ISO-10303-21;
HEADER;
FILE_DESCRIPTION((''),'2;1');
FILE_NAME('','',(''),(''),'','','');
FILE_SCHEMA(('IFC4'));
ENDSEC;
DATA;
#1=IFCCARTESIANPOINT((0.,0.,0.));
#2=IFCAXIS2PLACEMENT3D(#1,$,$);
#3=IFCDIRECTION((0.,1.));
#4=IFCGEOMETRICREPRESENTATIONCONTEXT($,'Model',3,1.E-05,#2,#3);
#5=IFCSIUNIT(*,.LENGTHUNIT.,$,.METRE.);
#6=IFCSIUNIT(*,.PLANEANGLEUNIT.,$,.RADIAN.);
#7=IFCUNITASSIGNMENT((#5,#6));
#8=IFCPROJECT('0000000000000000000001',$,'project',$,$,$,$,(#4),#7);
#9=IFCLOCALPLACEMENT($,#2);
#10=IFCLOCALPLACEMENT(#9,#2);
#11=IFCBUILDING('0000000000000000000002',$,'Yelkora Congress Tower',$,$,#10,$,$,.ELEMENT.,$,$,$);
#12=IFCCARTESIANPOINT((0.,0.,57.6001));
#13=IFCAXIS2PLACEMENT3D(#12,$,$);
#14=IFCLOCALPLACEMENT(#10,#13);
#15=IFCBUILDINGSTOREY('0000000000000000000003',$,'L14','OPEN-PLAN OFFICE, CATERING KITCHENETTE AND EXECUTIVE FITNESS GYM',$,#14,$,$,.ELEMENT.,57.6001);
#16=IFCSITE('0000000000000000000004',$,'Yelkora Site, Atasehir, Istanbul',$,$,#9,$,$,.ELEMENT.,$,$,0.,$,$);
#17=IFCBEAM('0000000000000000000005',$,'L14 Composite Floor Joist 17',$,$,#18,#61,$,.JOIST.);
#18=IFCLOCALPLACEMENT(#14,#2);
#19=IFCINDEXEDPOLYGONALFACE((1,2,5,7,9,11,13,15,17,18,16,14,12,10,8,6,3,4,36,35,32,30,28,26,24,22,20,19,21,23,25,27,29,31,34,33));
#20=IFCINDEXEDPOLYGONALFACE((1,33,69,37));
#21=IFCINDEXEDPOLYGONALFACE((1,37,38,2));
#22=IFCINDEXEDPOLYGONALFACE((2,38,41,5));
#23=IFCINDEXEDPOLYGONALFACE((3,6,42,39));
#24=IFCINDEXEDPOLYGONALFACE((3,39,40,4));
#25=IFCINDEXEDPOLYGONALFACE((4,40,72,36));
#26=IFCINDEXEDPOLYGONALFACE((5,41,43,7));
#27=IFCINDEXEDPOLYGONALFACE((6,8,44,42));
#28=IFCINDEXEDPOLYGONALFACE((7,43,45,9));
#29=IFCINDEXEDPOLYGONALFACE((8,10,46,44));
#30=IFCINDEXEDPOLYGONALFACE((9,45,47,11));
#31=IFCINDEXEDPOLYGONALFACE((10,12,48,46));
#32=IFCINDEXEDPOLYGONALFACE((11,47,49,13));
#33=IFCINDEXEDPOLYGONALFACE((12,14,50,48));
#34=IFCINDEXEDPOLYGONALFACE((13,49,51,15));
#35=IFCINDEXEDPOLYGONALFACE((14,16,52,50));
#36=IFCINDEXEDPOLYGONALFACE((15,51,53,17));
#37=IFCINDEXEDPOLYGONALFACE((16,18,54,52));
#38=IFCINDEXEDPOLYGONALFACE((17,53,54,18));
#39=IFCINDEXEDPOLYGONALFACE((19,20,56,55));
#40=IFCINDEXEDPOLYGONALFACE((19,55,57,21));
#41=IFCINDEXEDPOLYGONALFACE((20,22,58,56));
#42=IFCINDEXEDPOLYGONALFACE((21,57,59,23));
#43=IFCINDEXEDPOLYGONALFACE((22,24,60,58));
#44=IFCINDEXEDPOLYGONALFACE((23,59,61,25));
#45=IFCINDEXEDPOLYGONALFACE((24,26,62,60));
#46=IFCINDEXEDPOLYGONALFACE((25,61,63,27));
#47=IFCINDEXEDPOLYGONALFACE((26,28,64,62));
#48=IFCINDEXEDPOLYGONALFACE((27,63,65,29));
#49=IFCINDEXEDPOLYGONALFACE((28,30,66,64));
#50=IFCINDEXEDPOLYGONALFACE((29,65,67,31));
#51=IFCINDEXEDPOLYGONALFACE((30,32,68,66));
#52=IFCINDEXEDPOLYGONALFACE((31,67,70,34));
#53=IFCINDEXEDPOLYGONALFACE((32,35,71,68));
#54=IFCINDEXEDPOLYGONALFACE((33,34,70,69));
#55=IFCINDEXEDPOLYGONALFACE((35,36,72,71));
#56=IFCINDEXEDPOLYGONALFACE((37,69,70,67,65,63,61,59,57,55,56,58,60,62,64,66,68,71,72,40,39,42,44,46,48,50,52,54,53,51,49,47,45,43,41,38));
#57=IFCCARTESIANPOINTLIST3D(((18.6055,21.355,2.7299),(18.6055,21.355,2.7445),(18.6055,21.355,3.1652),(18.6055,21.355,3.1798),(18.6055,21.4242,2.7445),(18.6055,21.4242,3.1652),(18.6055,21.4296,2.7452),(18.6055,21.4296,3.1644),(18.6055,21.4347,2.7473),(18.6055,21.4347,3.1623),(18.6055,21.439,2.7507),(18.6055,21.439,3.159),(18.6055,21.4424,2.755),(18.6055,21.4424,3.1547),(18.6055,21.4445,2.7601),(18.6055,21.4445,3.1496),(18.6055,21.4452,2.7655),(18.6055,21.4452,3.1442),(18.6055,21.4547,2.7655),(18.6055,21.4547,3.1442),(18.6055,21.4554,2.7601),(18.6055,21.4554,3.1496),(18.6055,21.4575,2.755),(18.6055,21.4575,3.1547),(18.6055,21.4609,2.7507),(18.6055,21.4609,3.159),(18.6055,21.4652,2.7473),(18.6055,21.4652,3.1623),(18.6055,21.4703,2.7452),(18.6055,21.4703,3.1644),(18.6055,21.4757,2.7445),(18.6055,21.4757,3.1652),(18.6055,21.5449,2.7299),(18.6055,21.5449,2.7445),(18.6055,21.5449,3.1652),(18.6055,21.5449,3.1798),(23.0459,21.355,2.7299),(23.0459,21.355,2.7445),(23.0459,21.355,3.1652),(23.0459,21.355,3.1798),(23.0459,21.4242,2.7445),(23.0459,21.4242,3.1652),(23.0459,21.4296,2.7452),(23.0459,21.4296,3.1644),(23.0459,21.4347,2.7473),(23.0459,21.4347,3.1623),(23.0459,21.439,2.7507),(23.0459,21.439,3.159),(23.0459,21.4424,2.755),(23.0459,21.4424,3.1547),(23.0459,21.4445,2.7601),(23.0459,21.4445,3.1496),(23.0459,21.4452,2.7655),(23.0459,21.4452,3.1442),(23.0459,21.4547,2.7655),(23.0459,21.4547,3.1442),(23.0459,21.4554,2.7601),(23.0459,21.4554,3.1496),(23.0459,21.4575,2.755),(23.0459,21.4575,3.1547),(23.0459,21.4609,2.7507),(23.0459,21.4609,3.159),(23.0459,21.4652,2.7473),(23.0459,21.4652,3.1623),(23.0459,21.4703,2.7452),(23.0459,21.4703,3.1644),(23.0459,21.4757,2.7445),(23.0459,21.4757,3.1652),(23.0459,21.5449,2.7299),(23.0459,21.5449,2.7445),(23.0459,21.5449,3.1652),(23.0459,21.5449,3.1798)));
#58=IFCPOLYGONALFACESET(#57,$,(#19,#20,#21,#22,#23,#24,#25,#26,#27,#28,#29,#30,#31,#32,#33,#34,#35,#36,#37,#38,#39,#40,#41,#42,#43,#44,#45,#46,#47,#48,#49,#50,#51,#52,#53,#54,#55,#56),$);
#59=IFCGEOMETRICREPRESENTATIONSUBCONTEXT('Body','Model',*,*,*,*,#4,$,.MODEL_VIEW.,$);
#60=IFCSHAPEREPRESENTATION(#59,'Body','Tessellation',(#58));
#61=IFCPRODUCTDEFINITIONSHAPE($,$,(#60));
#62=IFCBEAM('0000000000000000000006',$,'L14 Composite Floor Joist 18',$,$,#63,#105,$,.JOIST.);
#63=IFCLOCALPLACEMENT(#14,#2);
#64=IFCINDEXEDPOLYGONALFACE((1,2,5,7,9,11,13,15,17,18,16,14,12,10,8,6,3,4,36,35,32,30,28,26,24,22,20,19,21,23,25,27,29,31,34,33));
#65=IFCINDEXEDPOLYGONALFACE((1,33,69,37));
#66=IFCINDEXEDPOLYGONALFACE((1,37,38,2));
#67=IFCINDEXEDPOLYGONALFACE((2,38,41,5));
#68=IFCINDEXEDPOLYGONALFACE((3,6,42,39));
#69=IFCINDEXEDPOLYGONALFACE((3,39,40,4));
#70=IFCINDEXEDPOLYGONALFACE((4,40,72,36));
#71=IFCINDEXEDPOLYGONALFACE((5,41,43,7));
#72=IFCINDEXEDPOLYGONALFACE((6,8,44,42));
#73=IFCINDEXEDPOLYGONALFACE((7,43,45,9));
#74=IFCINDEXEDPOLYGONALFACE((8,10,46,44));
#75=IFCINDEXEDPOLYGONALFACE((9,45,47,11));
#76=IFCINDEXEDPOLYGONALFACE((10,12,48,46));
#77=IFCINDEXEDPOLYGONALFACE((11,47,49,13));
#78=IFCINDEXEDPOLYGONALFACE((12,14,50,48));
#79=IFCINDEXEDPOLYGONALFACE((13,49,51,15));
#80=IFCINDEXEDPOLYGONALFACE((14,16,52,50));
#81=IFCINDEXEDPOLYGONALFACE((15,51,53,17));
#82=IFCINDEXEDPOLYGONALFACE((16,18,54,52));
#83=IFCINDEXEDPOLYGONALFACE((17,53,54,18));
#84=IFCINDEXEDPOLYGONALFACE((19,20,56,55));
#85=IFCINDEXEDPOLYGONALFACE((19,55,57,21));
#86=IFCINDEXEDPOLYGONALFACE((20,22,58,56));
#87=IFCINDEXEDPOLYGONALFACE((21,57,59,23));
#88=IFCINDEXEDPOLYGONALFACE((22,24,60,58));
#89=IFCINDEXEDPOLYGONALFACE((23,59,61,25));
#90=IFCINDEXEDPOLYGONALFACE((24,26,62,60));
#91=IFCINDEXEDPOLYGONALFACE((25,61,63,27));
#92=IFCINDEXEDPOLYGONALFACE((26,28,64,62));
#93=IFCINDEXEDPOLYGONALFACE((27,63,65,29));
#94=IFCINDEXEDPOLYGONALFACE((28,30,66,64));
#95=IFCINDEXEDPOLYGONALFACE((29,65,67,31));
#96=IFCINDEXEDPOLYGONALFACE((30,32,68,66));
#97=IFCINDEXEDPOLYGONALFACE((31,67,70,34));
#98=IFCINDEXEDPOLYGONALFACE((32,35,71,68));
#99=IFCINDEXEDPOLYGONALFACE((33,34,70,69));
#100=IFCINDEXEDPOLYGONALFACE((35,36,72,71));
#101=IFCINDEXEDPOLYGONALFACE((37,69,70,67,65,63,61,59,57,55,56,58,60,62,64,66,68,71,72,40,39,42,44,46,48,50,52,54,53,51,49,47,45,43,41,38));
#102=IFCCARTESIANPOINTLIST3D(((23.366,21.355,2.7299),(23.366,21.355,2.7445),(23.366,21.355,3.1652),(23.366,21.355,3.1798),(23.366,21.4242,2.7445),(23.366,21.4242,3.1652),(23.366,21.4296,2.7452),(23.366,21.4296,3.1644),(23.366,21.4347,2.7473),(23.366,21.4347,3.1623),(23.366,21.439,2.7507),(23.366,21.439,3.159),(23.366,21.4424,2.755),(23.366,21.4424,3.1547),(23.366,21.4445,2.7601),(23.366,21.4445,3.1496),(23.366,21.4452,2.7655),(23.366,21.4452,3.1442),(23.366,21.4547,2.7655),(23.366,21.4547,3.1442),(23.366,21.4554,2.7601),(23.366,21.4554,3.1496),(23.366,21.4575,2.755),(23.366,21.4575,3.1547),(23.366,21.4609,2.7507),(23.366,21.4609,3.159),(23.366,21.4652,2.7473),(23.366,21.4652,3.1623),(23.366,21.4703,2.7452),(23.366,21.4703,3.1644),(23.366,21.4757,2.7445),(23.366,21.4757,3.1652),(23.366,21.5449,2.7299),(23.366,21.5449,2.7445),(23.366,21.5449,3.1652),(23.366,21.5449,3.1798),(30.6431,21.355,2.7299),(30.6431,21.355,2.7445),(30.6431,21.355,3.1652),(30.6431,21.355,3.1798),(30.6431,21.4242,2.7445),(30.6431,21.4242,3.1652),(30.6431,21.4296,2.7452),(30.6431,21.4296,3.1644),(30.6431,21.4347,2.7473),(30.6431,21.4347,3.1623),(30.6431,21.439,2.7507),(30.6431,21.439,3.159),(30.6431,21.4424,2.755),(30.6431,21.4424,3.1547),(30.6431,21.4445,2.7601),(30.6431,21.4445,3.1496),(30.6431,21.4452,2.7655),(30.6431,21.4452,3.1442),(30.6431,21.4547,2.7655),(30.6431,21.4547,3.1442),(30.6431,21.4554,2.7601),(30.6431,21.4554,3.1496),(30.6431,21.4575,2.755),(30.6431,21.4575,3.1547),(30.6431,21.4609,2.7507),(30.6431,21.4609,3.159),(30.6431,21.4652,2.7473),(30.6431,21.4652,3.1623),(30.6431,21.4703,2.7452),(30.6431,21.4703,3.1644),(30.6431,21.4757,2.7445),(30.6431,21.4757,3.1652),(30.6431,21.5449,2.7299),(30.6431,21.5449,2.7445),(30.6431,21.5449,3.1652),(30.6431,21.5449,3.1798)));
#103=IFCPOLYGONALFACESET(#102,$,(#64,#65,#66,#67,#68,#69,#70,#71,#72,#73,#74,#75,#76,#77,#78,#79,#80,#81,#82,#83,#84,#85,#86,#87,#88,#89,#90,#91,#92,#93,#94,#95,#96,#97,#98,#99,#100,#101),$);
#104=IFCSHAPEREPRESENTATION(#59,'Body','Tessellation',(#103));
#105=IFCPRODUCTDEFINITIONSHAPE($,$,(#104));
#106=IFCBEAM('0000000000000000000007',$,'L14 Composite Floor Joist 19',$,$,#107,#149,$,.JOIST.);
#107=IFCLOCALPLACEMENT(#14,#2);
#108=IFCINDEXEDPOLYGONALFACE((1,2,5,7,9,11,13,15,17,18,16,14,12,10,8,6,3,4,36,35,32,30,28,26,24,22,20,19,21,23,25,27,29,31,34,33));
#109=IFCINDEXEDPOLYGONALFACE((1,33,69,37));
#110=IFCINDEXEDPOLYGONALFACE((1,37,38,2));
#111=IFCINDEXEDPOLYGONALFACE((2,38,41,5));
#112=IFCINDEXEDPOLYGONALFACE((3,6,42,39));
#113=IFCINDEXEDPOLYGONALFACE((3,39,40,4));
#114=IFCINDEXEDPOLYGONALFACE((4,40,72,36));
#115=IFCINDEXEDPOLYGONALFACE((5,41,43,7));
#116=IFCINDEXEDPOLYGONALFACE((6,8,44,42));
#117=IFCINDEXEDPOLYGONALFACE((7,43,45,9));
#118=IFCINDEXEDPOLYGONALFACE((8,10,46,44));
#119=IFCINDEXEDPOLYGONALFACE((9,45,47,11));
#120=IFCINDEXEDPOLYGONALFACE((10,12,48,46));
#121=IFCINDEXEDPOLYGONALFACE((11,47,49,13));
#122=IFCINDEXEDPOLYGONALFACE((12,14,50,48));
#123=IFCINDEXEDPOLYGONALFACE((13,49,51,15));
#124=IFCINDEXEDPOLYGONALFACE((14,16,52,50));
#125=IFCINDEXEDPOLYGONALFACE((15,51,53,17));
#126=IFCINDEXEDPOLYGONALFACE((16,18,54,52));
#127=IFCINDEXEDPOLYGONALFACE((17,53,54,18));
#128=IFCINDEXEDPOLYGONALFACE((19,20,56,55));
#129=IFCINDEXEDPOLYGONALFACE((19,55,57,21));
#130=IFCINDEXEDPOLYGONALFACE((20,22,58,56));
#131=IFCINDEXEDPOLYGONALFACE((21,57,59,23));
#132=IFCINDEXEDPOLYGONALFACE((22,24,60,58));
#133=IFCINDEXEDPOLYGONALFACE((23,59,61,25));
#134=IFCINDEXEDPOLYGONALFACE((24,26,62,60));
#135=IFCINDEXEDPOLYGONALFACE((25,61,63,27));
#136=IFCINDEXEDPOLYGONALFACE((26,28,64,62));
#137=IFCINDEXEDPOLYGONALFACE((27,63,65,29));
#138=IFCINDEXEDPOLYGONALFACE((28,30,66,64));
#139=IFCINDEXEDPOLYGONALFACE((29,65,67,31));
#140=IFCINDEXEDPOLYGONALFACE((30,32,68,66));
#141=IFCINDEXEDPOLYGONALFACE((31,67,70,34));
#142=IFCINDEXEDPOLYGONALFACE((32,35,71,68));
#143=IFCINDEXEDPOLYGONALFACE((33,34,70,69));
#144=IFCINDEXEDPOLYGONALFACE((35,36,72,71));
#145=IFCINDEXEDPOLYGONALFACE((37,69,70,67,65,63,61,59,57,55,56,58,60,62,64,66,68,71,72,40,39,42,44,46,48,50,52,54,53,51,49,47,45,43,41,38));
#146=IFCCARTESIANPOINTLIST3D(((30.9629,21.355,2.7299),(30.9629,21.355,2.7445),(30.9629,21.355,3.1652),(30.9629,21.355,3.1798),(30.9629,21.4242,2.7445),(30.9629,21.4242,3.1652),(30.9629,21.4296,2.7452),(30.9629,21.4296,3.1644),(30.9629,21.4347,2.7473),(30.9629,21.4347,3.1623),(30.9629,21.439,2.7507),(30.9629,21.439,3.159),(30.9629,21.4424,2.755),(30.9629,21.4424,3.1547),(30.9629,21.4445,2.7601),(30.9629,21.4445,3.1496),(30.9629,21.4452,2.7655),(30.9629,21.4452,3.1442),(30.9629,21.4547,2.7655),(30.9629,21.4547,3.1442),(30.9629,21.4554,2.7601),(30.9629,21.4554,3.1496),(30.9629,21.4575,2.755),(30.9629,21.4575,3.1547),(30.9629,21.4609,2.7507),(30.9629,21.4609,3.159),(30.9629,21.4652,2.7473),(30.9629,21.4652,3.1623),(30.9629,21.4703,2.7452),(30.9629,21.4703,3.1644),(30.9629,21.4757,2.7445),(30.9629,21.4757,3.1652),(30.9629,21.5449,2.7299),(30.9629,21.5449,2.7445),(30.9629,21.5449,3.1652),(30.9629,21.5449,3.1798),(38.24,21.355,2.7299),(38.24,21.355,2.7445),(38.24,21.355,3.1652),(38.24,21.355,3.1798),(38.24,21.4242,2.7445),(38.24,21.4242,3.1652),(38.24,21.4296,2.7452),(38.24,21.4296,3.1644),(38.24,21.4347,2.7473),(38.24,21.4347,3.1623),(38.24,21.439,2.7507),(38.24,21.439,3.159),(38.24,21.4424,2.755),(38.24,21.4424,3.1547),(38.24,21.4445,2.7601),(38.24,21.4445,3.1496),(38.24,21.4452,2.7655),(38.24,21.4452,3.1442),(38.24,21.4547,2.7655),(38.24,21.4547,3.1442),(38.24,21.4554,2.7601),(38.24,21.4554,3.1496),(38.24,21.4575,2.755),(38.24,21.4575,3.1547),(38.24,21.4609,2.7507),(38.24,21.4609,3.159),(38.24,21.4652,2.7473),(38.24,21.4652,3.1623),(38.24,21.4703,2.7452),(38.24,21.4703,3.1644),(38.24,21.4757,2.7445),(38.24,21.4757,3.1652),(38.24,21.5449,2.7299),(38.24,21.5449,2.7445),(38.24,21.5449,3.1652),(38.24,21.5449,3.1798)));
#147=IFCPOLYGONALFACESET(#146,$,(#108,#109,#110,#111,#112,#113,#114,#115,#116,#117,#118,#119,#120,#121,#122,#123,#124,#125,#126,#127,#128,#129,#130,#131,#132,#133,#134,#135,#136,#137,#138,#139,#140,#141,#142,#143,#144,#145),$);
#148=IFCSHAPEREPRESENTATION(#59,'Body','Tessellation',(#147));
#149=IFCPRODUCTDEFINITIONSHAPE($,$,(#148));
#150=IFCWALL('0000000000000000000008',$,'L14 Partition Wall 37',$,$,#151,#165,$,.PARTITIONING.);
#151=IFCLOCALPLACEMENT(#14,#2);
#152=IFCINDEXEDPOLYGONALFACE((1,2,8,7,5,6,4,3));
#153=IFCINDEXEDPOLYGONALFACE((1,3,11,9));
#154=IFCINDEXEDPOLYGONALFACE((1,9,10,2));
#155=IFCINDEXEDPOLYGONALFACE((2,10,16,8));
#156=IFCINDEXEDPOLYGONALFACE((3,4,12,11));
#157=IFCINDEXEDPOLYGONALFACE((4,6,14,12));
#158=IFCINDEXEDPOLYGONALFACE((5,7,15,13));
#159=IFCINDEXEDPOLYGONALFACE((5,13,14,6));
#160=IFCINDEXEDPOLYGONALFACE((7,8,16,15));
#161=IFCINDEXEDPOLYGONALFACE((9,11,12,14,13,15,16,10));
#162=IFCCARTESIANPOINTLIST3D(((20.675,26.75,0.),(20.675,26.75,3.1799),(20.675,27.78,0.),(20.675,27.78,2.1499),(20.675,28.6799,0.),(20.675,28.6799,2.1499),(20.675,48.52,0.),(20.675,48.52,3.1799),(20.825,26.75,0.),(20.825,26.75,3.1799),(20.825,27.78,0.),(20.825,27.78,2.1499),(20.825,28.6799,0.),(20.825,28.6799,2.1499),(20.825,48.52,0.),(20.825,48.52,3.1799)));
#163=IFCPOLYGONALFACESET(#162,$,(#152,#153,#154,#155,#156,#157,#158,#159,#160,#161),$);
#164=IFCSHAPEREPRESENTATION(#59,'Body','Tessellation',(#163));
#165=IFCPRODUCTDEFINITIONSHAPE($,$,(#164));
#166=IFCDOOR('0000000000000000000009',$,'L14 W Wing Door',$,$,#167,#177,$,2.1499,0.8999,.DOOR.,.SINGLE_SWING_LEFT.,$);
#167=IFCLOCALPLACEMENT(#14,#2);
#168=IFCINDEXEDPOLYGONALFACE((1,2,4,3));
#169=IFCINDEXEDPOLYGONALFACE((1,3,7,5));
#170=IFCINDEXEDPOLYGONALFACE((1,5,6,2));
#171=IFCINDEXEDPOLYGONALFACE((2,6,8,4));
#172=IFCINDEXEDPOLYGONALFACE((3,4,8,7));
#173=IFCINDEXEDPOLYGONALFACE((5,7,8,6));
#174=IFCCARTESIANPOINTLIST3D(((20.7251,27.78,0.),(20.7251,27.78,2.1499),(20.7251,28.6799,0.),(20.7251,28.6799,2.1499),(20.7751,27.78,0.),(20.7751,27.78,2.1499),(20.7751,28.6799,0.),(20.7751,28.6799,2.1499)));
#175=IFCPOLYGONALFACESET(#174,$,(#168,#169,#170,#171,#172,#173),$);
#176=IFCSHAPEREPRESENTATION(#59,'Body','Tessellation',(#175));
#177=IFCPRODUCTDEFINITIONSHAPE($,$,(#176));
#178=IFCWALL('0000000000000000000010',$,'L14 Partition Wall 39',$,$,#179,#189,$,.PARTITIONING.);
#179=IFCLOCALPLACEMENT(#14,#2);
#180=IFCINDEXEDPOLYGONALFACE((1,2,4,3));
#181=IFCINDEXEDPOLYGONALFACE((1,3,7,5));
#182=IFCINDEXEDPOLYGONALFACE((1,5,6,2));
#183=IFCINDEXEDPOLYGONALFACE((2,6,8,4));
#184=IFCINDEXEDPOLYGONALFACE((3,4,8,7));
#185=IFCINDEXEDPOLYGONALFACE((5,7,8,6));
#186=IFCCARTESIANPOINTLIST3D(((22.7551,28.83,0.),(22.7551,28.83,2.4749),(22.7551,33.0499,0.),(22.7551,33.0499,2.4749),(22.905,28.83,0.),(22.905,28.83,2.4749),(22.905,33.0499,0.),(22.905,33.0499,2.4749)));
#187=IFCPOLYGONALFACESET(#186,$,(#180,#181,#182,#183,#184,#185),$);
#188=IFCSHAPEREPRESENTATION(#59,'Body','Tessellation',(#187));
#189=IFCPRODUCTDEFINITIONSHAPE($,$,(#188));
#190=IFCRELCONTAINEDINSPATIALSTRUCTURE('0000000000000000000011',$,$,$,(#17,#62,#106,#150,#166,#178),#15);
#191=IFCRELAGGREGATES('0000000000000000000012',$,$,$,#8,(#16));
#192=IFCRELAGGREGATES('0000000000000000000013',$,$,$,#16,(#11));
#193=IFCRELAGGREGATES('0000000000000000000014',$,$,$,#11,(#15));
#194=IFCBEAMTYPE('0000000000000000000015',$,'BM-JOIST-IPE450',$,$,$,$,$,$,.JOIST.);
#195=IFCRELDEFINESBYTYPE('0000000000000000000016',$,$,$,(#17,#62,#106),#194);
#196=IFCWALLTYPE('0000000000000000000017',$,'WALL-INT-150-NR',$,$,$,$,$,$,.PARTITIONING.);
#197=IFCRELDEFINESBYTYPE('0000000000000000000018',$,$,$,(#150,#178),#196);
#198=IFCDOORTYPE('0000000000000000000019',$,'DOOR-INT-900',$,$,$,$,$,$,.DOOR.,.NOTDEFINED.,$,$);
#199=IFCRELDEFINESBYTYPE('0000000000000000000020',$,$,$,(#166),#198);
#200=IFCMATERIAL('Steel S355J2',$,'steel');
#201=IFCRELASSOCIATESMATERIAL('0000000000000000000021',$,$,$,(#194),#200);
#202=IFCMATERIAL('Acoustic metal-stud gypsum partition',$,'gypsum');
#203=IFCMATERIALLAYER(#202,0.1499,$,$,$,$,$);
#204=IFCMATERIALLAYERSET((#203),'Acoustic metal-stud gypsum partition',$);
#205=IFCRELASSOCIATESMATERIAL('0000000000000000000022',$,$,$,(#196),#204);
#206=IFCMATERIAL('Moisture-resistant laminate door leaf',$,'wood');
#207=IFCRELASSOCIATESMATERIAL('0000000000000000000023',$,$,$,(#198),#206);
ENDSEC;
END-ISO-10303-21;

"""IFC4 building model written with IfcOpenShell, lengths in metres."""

from ifc_helpers import new_model, si_unit, direction, frame, frame_2d, origin, origin_2d, place, context, subcontext, project, spatial, rectangle, i_section, extrude, material, layer, layer_set, material_profile, profile_set, type_object, element, fill, save


model = new_model("IFC4")

# Units and contexts
model_context = context("Model", 3, precision=1e-05, world=origin(), true_north=direction((0.0, 1.0)))
body_context = subcontext(model_context, "Body", "Model", "MODEL_VIEW")
ifc_project = project(units=[si_unit("LENGTHUNIT", "METRE"), si_unit("PLANEANGLEUNIT", "RADIAN")], contexts=[model_context])

# Site, building, storey
site_placement = place(None, origin())
site = spatial("IfcSite", under=ifc_project, at=site_placement, Name="Yelkora Site, Atasehir, Istanbul", CompositionType="ELEMENT", RefElevation=0.0)
building_placement = place(site_placement, origin())
building = spatial("IfcBuilding", under=site, at=building_placement, Name="Yelkora Congress Tower", CompositionType="ELEMENT")
storey_placement = place(building_placement, frame((0.0, 0.0, 57.6001)))
storey = spatial("IfcBuildingStorey", under=building, at=storey_placement, Name="L14", Description="OPEN-PLAN OFFICE, CATERING KITCHENETTE AND EXECUTIVE FITNESS GYM", CompositionType="ELEMENT", Elevation=57.6001)

# Beams
ifc_material_1 = material(Name="Steel S355J2", Category="steel")
ifc_material_profile_1 = material_profile(ifc_material_1, i_section(OverallWidth=0.1899, OverallDepth=0.45, WebThickness=0.0095, FlangeThickness=0.0146, FilletRadius=0.021, at=origin_2d()), Name="IPE 450")
ifc_profile_set_1 = profile_set([ifc_material_profile_1], Name="Steel S355J2")
beam_type_1 = type_object("IfcBeamType", Name="BM-JOIST-IPE450", PredefinedType="JOIST", material=ifc_profile_set_1)
beam_1_placement = place(storey_placement, frame((18.6055, 21.45, 2.9548), z_axis=(1.0, 0.0, 0.0), x_axis=(0.0, 1.0, 0.0)))
element("IfcBeam", 1, at=beam_1_placement, inside=storey, type_object=beam_type_1, Name="L14 Composite Floor Joist 17", PredefinedType="JOIST", context=body_context, shape_type="SweptSolid", body=[
    extrude(i_section(OverallWidth=0.1899, OverallDepth=0.45, WebThickness=0.0095, FlangeThickness=0.0146, FilletRadius=0.021, at=origin_2d()), origin(), (0.0, 0.0, 1.0), 4.4404),
])
for number, where, z_axis, x_axis, name in (
    (2, (23.366, 21.45, 2.9548), (1.0, 0.0, 0.0), (0.0, 1.0, 0.0), "L14 Composite Floor Joist 18"),
    (3, (30.9629, 21.45, 2.9548), (1.0, 0.0, 0.0), (0.0, 1.0, 0.0), "L14 Composite Floor Joist 19"),
):
    element("IfcBeam", number, at=place(storey_placement, frame(where, z_axis=z_axis, x_axis=x_axis)), inside=storey, type_object=beam_type_1, Name=name, PredefinedType="JOIST", context=body_context, shape_type="SweptSolid", body=[
        extrude(i_section(OverallWidth=0.1899, OverallDepth=0.45, WebThickness=0.0095, FlangeThickness=0.0146, FilletRadius=0.021, at=origin_2d()), origin(), (0.0, 0.0, 1.0), 7.2771),
    ])

# Wall, opening, door
ifc_material_2 = material(Name="Acoustic metal-stud gypsum partition", Category="gypsum")
ifc_layer = layer(ifc_material_2, 0.1499)
ifc_layer_set = layer_set([ifc_layer], Name="Acoustic metal-stud gypsum partition")
wall_type = type_object("IfcWallType", Name="WALL-INT-150-NR", PredefinedType="PARTITIONING", material=ifc_layer_set)
wall_1_placement = place(storey_placement, frame((20.75, 26.75, 0.0), z_axis=(0.0, 0.0, 1.0), x_axis=(0.0, 1.0, 0.0)))
wall_1 = element("IfcWall", 4, at=wall_1_placement, inside=storey, type_object=wall_type, Name="L14 Partition Wall 37", PredefinedType="PARTITIONING", context=body_context, shape_type="SweptSolid", body=[
    extrude(rectangle(XDim=21.77, YDim=0.1499, at=frame_2d((10.885, 0.0))), origin(), (0.0, 0.0, 1.0), 3.1799),
])
opening_1_placement = place(wall_1_placement, frame((1.03, 0.0, 0.0)))
opening_1 = element("IfcOpeningElement", 5, at=opening_1_placement, cuts=wall_1, PredefinedType="OPENING", context=body_context, shape_type="SweptSolid", body=[
    extrude(rectangle(XDim=0.8999, YDim=2.1499, at=frame_2d((0.45, 1.075))), frame((0.0, 0.085, 0.0), z_axis=(0.0, -1.0, 0.0), x_axis=(1.0, 0.0, 0.0)), (0.0, 0.0, 1.0), 0.1699),
])
ifc_material_3 = material(Name="Moisture-resistant laminate door leaf", Category="wood")
door_type = type_object("IfcDoorType", Name="DOOR-INT-900", OperationType="NOTDEFINED", PredefinedType="DOOR", material=ifc_material_3)
door_1_placement = place(opening_1_placement, origin())
door_1 = element("IfcDoor", 6, at=door_1_placement, inside=storey, type_object=door_type, Name="L14 W Wing Door", OperationType="SINGLE_SWING_LEFT", OverallHeight=2.1499, OverallWidth=0.8999, PredefinedType="DOOR", context=body_context, shape_type="SweptSolid", body=[
    extrude(rectangle(XDim=0.8999, YDim=2.1499, at=frame_2d((0.45, 1.075))), frame((0.0, 0.0249, 0.0), z_axis=(0.0, -1.0, 0.0), x_axis=(1.0, 0.0, 0.0)), (0.0, 0.0, 1.0), 0.05),
])
fill(opening_1, door_1)

# Wall
wall_2_placement = place(storey_placement, frame((22.8301, 28.8301, 0.0), z_axis=(0.0, 0.0, 1.0), x_axis=(0.0, 1.0, 0.0)))
element("IfcWall", 7, at=wall_2_placement, inside=storey, type_object=wall_type, Name="L14 Partition Wall 39", PredefinedType="PARTITIONING", context=body_context, shape_type="SweptSolid", body=[
    extrude(rectangle(XDim=4.22, YDim=0.1499, at=frame_2d((2.1099, 0.0))), origin(), (0.0, 0.0, 1.0), 2.4749),
])

save(model, "model.ifc")
